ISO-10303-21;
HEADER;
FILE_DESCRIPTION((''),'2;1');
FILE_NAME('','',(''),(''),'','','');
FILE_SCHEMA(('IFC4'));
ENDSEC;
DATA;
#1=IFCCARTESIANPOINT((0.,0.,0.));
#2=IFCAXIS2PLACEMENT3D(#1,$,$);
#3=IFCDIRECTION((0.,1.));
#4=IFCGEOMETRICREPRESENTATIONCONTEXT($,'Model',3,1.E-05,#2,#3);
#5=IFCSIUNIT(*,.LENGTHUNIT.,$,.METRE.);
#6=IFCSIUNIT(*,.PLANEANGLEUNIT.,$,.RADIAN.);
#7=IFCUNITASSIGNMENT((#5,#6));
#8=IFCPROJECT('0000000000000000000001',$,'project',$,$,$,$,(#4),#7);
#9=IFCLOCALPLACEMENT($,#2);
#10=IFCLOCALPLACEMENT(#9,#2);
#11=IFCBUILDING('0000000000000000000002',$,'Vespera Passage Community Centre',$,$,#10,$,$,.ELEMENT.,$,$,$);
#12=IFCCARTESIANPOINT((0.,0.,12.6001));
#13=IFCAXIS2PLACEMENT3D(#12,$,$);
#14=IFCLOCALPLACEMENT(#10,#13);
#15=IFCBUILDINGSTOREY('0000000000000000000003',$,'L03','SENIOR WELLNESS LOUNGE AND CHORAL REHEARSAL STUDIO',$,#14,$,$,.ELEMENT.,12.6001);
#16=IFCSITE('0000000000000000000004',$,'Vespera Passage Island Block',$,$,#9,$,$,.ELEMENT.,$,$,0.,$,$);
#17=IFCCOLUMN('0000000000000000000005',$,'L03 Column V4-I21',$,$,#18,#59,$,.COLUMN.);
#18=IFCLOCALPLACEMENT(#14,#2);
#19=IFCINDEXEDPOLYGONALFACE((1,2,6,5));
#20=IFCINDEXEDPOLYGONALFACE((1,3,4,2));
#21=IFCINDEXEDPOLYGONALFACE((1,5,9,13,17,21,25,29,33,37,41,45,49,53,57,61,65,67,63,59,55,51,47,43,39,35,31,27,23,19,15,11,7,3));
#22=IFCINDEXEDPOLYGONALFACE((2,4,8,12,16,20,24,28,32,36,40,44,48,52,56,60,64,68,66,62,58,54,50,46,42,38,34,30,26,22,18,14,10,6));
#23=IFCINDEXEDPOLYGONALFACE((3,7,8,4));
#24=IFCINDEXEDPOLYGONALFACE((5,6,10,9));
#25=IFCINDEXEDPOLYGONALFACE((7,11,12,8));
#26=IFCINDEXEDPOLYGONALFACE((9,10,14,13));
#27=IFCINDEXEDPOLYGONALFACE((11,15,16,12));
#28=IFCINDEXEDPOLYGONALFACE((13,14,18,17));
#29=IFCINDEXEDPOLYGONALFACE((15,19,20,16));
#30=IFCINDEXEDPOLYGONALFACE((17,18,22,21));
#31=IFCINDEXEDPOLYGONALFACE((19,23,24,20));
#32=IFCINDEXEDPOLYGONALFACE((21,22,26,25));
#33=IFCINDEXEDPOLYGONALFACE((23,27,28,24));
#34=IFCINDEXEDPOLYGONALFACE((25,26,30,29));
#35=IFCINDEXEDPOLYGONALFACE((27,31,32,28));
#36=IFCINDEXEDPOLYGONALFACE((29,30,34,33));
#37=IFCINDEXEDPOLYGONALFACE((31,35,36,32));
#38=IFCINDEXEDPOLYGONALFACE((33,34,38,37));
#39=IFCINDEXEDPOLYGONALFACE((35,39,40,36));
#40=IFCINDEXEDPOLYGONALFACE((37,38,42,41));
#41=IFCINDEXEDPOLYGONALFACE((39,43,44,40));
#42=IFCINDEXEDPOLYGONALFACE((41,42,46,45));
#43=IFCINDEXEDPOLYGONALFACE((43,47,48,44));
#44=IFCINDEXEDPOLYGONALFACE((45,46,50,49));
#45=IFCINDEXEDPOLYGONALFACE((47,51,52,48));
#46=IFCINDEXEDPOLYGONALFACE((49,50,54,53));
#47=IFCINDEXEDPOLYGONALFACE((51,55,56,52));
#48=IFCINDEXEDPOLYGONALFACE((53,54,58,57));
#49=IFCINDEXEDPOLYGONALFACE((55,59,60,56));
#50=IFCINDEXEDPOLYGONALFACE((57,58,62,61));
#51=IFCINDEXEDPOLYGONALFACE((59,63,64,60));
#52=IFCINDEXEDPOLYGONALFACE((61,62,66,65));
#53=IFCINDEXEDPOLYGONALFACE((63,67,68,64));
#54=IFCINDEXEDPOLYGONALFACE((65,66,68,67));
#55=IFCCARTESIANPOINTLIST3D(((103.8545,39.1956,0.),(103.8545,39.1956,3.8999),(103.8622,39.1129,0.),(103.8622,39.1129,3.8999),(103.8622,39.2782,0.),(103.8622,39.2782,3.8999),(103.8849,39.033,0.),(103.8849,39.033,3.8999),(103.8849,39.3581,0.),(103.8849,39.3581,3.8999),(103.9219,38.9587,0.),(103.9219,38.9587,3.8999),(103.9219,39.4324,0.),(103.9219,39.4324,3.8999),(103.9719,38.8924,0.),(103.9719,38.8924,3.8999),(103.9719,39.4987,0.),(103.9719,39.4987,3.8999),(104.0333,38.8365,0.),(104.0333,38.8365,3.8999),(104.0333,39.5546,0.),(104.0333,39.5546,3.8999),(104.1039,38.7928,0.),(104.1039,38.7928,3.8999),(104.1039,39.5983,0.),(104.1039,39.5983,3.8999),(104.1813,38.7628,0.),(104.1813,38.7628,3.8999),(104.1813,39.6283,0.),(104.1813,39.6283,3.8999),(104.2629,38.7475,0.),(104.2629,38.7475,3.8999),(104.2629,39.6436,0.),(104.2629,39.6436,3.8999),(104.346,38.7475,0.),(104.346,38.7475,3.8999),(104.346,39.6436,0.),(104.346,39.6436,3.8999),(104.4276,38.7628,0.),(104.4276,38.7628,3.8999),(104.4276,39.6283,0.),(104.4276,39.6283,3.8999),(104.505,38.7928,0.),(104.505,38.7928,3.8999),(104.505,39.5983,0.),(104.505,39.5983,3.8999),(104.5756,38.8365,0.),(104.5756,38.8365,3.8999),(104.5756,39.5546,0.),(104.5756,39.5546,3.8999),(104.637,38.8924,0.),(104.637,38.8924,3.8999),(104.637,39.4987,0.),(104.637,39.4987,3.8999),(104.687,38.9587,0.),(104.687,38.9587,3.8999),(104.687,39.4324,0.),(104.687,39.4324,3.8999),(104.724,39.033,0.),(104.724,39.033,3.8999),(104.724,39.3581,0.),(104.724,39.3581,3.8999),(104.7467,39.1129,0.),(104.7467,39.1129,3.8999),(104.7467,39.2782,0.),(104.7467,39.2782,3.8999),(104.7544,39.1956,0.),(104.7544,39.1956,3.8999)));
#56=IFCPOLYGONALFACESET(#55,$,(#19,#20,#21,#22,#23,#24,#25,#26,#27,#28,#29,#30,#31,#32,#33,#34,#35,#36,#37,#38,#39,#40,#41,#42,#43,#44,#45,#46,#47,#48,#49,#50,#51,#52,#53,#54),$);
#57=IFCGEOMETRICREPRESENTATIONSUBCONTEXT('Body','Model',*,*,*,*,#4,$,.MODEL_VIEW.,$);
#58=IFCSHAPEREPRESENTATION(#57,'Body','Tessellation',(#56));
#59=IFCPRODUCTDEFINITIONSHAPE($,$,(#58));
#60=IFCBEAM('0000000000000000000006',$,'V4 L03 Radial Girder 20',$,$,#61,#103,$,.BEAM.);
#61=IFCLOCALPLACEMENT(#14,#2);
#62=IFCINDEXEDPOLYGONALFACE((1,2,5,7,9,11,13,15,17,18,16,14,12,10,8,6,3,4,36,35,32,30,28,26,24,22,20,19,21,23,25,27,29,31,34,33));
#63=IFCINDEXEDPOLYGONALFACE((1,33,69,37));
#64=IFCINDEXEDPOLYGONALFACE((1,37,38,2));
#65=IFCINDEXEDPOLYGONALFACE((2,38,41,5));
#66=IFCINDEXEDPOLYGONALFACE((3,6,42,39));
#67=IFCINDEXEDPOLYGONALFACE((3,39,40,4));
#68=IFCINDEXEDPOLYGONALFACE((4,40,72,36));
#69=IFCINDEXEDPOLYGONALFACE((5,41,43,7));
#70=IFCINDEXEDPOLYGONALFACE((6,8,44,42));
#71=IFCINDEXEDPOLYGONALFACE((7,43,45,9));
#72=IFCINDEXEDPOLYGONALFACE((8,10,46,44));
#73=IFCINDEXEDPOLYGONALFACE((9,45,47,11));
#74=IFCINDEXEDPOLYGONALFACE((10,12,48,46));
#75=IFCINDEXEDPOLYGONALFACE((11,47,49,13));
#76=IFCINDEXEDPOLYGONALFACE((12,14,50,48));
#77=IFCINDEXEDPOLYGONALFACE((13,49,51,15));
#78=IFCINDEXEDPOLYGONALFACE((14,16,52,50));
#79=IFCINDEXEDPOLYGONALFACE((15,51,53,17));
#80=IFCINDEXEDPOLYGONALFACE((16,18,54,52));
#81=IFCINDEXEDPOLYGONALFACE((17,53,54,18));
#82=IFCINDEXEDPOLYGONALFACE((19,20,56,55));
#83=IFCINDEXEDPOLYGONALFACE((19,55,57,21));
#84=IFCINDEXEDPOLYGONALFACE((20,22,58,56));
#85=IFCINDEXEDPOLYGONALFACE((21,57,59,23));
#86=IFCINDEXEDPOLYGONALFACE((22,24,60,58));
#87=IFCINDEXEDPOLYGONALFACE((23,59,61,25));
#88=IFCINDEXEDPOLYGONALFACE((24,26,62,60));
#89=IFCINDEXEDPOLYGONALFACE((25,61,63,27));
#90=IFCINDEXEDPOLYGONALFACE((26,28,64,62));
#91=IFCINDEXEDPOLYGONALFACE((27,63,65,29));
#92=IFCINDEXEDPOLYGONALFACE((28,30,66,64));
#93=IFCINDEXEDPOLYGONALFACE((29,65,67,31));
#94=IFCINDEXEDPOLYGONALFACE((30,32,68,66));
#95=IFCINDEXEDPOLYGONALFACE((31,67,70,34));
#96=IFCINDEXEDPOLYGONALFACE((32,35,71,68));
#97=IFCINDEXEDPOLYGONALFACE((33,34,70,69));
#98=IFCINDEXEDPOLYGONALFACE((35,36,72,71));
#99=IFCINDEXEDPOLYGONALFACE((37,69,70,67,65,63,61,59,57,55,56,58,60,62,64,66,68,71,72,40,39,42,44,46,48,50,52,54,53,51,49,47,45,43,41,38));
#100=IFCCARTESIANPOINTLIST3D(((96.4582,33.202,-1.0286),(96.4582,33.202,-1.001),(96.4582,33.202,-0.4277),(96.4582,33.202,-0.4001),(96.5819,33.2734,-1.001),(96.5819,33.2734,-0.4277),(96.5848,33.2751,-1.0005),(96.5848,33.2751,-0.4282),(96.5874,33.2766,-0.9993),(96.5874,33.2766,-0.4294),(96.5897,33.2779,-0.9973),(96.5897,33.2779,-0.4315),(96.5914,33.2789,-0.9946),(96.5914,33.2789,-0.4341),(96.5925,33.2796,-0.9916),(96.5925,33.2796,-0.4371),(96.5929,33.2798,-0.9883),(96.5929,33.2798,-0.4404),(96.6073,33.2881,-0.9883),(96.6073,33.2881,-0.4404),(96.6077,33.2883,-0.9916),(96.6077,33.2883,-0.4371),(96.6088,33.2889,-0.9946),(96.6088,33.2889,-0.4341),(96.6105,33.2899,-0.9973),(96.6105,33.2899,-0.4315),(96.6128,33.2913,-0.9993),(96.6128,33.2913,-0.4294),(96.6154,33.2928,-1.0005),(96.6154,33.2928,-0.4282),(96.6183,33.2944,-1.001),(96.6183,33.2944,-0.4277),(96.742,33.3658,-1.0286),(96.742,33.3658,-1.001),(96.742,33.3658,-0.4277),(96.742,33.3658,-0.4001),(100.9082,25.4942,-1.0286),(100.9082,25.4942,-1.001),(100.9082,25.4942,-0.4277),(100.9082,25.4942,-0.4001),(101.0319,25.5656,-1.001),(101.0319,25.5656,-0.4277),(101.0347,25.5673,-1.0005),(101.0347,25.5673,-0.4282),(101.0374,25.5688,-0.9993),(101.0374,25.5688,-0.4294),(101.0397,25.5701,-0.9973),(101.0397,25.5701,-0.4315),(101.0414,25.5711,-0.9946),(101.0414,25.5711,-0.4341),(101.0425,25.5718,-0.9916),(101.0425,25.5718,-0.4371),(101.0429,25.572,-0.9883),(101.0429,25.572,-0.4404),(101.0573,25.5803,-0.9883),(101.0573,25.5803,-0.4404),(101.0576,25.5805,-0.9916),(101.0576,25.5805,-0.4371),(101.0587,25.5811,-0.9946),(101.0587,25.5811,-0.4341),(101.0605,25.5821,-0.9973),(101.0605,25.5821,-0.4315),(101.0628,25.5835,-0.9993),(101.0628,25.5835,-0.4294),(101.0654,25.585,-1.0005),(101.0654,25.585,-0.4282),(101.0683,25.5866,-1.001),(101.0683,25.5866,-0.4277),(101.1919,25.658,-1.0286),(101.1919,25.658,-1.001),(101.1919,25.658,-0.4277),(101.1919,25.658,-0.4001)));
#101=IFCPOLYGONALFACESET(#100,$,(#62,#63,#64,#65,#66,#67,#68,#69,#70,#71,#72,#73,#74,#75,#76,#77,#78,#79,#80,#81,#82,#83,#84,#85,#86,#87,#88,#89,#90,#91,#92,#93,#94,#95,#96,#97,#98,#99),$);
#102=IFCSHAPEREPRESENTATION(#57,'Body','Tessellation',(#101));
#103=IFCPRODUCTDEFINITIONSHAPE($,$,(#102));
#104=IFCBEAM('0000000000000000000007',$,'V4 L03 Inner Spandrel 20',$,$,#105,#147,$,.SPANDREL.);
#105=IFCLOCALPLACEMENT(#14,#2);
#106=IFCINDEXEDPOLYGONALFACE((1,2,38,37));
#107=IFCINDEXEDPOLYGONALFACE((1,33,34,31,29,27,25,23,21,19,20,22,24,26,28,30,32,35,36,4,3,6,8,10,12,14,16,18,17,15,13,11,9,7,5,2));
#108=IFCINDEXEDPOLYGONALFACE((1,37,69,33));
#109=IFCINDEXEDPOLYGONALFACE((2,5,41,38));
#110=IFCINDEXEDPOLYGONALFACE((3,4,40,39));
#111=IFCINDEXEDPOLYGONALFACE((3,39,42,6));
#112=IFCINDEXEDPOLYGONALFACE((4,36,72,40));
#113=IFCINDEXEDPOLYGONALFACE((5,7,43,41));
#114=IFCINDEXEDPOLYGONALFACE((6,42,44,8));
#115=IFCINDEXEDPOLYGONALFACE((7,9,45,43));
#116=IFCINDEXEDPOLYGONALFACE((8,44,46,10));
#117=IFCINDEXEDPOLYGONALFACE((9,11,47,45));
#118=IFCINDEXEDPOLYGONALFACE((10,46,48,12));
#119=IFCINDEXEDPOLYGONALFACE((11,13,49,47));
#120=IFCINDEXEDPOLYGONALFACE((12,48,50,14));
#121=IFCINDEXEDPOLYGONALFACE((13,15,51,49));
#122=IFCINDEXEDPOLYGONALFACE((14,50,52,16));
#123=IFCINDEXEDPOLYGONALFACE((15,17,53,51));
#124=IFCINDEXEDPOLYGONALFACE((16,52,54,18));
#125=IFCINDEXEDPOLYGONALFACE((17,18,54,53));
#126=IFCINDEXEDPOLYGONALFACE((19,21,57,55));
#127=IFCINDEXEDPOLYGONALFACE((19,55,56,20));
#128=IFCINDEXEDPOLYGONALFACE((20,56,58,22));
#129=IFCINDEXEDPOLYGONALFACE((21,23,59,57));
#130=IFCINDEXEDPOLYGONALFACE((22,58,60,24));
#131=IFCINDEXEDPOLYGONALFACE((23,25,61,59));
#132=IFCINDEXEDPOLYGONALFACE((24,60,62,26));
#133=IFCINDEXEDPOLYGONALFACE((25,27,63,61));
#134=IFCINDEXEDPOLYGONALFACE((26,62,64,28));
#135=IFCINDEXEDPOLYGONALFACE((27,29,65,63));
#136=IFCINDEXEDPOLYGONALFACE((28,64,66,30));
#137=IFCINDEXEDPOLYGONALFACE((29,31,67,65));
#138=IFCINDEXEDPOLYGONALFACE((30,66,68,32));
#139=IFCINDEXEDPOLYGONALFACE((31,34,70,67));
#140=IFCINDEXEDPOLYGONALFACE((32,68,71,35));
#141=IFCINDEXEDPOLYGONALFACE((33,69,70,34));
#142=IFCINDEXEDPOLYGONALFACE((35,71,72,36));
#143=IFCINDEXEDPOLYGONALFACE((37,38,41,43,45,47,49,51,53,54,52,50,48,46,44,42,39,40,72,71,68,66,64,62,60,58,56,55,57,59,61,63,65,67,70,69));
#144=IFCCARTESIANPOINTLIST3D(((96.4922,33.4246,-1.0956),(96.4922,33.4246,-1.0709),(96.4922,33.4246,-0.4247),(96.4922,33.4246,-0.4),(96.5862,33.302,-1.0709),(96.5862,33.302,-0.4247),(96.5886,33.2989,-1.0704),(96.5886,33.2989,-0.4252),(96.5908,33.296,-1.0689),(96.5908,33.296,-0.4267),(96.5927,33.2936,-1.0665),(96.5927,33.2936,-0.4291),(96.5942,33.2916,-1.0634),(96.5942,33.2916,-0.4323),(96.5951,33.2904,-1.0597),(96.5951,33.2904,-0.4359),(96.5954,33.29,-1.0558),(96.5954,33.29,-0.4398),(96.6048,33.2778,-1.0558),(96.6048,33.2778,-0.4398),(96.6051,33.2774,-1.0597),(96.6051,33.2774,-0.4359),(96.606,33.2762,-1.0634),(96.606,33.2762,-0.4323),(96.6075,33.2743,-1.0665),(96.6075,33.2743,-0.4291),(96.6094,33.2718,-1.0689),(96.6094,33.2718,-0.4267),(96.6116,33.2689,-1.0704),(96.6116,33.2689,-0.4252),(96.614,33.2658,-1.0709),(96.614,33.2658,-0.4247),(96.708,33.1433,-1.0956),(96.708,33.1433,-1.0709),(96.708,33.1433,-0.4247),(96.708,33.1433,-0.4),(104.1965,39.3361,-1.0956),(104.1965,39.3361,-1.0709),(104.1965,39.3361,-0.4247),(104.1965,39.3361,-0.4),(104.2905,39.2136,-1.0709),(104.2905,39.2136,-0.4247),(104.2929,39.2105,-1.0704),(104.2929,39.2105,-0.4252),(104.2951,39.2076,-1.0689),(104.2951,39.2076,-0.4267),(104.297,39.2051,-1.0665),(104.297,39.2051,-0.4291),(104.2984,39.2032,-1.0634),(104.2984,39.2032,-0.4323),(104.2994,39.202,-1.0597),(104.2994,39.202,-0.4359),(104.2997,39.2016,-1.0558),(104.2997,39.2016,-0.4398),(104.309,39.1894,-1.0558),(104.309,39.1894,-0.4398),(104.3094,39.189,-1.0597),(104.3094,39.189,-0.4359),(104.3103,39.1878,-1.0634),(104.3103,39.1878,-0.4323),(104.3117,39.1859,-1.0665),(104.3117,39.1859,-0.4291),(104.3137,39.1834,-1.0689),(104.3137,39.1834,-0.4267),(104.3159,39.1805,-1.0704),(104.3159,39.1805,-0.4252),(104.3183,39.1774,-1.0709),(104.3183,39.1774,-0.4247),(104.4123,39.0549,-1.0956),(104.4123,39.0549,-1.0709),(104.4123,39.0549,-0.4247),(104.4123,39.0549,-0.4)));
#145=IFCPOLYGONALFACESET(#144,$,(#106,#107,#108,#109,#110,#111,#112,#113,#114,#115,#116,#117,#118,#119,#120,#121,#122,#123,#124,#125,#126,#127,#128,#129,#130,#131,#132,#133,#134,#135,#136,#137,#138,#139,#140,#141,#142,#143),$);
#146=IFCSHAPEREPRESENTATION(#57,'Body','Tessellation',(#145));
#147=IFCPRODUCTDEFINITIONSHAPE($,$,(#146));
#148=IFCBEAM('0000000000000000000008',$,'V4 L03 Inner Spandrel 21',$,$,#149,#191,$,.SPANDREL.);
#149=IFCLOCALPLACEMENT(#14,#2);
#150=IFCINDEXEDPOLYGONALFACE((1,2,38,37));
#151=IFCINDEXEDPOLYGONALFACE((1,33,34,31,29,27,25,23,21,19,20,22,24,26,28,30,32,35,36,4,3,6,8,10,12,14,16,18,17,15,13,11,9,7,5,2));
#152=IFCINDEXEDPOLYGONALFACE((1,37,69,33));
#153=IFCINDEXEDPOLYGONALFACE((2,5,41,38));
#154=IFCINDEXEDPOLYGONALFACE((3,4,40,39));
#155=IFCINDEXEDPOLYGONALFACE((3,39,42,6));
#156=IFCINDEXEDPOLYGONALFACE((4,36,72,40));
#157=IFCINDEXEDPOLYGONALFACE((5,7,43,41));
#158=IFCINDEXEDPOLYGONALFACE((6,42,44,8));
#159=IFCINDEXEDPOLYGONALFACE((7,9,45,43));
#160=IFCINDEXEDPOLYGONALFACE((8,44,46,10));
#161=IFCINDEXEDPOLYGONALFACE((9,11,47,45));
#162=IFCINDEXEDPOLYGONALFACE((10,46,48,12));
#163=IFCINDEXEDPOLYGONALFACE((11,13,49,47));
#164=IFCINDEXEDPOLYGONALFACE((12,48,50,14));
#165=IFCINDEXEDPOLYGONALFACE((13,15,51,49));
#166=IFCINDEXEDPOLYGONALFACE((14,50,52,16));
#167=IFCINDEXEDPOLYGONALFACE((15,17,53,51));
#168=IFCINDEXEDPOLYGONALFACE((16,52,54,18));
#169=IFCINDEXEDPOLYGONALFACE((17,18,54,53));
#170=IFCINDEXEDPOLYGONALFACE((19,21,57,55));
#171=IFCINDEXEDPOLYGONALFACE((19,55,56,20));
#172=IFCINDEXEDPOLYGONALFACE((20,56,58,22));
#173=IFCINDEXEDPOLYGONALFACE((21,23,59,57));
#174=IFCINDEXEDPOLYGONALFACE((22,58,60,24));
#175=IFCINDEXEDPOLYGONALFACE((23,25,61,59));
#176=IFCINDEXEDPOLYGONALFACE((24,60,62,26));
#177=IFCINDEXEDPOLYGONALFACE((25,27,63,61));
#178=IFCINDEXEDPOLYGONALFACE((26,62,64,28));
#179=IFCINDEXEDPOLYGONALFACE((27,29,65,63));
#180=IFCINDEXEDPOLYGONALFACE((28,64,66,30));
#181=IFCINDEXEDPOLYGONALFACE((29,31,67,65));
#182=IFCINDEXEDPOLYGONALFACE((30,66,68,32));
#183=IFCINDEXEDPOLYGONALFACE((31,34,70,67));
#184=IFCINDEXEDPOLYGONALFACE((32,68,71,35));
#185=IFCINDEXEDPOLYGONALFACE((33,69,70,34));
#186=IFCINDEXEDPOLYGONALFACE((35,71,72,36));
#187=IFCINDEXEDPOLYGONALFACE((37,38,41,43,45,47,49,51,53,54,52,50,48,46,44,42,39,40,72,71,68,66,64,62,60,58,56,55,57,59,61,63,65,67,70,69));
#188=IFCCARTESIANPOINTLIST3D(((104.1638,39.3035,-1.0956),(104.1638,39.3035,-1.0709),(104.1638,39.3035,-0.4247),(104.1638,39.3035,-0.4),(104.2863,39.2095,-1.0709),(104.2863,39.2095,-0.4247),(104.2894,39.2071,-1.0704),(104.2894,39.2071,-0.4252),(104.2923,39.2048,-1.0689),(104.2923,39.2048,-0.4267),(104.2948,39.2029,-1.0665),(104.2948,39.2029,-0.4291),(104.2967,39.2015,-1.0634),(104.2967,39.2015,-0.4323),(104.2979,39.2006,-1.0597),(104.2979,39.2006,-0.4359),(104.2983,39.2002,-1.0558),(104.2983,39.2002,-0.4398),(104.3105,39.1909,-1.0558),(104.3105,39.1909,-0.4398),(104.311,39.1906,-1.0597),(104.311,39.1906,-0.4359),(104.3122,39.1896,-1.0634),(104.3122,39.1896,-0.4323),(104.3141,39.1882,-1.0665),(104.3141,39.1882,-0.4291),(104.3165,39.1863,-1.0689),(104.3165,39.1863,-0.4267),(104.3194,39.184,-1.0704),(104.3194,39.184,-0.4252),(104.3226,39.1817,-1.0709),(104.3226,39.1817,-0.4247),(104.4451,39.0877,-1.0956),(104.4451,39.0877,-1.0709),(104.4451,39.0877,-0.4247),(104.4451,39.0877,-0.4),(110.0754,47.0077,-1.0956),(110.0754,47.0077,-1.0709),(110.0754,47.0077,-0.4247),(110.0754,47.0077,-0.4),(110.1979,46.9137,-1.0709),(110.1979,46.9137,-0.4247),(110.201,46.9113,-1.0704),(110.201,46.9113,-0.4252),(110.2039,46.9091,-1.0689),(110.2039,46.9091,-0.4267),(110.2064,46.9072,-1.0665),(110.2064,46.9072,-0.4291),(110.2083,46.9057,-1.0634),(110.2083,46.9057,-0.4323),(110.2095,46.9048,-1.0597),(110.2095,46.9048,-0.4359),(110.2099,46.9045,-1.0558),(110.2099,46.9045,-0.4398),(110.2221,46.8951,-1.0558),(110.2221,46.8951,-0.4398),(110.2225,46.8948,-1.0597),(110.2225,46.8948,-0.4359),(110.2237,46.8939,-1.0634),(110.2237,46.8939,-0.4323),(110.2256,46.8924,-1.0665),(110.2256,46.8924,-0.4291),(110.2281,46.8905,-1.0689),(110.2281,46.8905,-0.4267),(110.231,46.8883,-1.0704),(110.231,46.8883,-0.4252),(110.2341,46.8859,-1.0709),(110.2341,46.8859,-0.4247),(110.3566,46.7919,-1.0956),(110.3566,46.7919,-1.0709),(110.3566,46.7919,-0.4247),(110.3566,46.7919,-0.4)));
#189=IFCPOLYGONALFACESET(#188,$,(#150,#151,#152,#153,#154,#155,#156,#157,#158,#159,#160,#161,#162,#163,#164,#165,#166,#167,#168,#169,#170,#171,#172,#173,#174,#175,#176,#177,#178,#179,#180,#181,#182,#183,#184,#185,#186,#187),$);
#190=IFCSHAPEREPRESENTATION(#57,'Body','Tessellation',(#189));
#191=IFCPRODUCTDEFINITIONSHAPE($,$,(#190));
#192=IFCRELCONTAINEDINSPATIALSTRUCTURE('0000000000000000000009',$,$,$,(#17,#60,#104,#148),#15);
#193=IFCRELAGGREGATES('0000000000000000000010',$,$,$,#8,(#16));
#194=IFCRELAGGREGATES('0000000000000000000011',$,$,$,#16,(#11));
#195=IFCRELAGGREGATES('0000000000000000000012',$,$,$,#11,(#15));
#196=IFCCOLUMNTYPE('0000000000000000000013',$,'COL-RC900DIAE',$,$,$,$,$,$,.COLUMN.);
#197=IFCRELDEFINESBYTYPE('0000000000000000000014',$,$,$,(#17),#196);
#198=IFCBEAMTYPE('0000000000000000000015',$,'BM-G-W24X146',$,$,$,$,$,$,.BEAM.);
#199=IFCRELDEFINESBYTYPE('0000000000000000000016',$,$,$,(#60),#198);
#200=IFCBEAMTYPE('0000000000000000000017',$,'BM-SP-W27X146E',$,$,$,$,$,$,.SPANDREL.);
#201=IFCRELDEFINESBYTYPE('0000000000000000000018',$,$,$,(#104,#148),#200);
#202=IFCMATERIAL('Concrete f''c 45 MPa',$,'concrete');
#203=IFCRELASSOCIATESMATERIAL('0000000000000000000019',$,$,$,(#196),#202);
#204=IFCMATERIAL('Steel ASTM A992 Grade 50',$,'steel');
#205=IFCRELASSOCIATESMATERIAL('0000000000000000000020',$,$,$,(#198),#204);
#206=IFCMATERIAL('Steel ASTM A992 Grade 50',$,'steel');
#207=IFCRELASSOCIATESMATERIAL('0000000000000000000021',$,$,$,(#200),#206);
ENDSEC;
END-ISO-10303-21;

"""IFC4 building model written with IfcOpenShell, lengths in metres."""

from ifc_helpers import new_model, si_unit, direction, frame, origin, origin_2d, place, context, subcontext, project, spatial, circle, i_section, extrude, material, material_profile, profile_set, type_object, element, save


model = new_model("IFC4")

# Units and contexts
model_context = context("Model", 3, precision=1e-05, world=origin(), true_north=direction((0.0, 1.0)))
body_context = subcontext(model_context, "Body", "Model", "MODEL_VIEW")
ifc_project = project(units=[si_unit("LENGTHUNIT", "METRE"), si_unit("PLANEANGLEUNIT", "RADIAN")], contexts=[model_context])

# Site, building, storey
site_placement = place(None, origin())
site = spatial("IfcSite", under=ifc_project, at=site_placement, Name="Vespera Passage Island Block", CompositionType="ELEMENT", RefElevation=0.0)
building_placement = place(site_placement, origin())
building = spatial("IfcBuilding", under=site, at=building_placement, Name="Vespera Passage Community Centre", CompositionType="ELEMENT")
storey_placement = place(building_placement, frame((0.0, 0.0, 12.6001)))
storey = spatial("IfcBuildingStorey", under=building, at=storey_placement, Name="L03", Description="SENIOR WELLNESS LOUNGE AND CHORAL REHEARSAL STUDIO", CompositionType="ELEMENT", Elevation=12.6001)

# Column
ifc_material_1 = material(Name="Concrete f'c 45 MPa", Category="concrete")
ifc_material_profile_1 = material_profile(ifc_material_1, circle(Radius=0.45, at=origin_2d()), Name="RC900DIA")
ifc_profile_set_1 = profile_set([ifc_material_profile_1], Name="Concrete f'c 45 MPa")
column_type = type_object("IfcColumnType", Name="COL-RC900DIAE", PredefinedType="COLUMN", material=ifc_profile_set_1)
column_placement = place(storey_placement, frame((104.3044, 39.1956, 0.0), z_axis=(0.0, 0.0, 1.0), x_axis=(1.0, 0.0, 0.0)))
element("IfcColumn", 1, at=column_placement, inside=storey, type_object=column_type, Name="L03 Column V4-I21", PredefinedType="COLUMN", context=body_context, shape_type="SweptSolid", body=[
    extrude(circle(Radius=0.45, at=origin_2d()), origin(), (0.0, 0.0, 1.0), 3.8999),
])

# Beams
ifc_material_2 = material(Name="Steel ASTM A992 Grade 50", Category="steel")
ifc_material_profile_2 = material_profile(ifc_material_2, i_section(OverallWidth=0.3276, OverallDepth=0.6284, WebThickness=0.0166, FlangeThickness=0.0276, FilletRadius=0.0127, at=origin_2d()), Name="W24X146")
ifc_profile_set_2 = profile_set([ifc_material_profile_2], Name="Steel ASTM A992 Grade 50")
beam_type_1 = type_object("IfcBeamType", Name="BM-G-W24X146", PredefinedType="BEAM", material=ifc_profile_set_2)
beam_placement = place(storey_placement, frame((96.6001, 33.2839, -0.7144), z_axis=(0.499989, -0.866032, 0.0), x_axis=(0.866032, 0.499989, 0.0)))
element("IfcBeam", 2, at=beam_placement, inside=storey, type_object=beam_type_1, Name="V4 L03 Radial Girder 20", PredefinedType="BEAM", context=body_context, shape_type="SweptSolid", body=[
    extrude(i_section(OverallWidth=0.3276, OverallDepth=0.6284, WebThickness=0.0166, FlangeThickness=0.0276, FilletRadius=0.0127, at=origin_2d()), origin(), (0.0, 0.0, 1.0), 8.9001),
])
ifc_material_3 = material(Name="Steel ASTM A992 Grade 50", Category="steel")
ifc_material_profile_3 = material_profile(ifc_material_3, i_section(OverallWidth=0.3545, OverallDepth=0.6956, WebThickness=0.0154, FlangeThickness=0.0247, FilletRadius=0.0151, at=origin_2d()), Name="W27X146")
ifc_profile_set_3 = profile_set([ifc_material_profile_3], Name="Steel ASTM A992 Grade 50")
beam_type_2 = type_object("IfcBeamType", Name="BM-SP-W27X146E", PredefinedType="SPANDREL", material=ifc_profile_set_3)
for number, where, z_axis, x_axis, name in (
    (3, (96.6001, 33.2839, -0.7478), (0.79336, 0.608753, 0.0), (-0.608753, 0.79336, 0.0), "V4 L03 Inner Spandrel 20"),
    (4, (104.3044, 39.1956, -0.7478), (0.608753, 0.79336, 0.0), (-0.79336, 0.608753, 0.0), "V4 L03 Inner Spandrel 21"),
):
    element("IfcBeam", number, at=place(storey_placement, frame(where, z_axis=z_axis, x_axis=x_axis)), inside=storey, type_object=beam_type_2, Name=name, PredefinedType="SPANDREL", context=body_context, shape_type="SweptSolid", body=[
        extrude(i_section(OverallWidth=0.3545, OverallDepth=0.6956, WebThickness=0.0154, FlangeThickness=0.0247, FilletRadius=0.0151, at=origin_2d()), origin(), (0.0, 0.0, 1.0), 9.7109),
    ])

save(model, "model.ifc")
